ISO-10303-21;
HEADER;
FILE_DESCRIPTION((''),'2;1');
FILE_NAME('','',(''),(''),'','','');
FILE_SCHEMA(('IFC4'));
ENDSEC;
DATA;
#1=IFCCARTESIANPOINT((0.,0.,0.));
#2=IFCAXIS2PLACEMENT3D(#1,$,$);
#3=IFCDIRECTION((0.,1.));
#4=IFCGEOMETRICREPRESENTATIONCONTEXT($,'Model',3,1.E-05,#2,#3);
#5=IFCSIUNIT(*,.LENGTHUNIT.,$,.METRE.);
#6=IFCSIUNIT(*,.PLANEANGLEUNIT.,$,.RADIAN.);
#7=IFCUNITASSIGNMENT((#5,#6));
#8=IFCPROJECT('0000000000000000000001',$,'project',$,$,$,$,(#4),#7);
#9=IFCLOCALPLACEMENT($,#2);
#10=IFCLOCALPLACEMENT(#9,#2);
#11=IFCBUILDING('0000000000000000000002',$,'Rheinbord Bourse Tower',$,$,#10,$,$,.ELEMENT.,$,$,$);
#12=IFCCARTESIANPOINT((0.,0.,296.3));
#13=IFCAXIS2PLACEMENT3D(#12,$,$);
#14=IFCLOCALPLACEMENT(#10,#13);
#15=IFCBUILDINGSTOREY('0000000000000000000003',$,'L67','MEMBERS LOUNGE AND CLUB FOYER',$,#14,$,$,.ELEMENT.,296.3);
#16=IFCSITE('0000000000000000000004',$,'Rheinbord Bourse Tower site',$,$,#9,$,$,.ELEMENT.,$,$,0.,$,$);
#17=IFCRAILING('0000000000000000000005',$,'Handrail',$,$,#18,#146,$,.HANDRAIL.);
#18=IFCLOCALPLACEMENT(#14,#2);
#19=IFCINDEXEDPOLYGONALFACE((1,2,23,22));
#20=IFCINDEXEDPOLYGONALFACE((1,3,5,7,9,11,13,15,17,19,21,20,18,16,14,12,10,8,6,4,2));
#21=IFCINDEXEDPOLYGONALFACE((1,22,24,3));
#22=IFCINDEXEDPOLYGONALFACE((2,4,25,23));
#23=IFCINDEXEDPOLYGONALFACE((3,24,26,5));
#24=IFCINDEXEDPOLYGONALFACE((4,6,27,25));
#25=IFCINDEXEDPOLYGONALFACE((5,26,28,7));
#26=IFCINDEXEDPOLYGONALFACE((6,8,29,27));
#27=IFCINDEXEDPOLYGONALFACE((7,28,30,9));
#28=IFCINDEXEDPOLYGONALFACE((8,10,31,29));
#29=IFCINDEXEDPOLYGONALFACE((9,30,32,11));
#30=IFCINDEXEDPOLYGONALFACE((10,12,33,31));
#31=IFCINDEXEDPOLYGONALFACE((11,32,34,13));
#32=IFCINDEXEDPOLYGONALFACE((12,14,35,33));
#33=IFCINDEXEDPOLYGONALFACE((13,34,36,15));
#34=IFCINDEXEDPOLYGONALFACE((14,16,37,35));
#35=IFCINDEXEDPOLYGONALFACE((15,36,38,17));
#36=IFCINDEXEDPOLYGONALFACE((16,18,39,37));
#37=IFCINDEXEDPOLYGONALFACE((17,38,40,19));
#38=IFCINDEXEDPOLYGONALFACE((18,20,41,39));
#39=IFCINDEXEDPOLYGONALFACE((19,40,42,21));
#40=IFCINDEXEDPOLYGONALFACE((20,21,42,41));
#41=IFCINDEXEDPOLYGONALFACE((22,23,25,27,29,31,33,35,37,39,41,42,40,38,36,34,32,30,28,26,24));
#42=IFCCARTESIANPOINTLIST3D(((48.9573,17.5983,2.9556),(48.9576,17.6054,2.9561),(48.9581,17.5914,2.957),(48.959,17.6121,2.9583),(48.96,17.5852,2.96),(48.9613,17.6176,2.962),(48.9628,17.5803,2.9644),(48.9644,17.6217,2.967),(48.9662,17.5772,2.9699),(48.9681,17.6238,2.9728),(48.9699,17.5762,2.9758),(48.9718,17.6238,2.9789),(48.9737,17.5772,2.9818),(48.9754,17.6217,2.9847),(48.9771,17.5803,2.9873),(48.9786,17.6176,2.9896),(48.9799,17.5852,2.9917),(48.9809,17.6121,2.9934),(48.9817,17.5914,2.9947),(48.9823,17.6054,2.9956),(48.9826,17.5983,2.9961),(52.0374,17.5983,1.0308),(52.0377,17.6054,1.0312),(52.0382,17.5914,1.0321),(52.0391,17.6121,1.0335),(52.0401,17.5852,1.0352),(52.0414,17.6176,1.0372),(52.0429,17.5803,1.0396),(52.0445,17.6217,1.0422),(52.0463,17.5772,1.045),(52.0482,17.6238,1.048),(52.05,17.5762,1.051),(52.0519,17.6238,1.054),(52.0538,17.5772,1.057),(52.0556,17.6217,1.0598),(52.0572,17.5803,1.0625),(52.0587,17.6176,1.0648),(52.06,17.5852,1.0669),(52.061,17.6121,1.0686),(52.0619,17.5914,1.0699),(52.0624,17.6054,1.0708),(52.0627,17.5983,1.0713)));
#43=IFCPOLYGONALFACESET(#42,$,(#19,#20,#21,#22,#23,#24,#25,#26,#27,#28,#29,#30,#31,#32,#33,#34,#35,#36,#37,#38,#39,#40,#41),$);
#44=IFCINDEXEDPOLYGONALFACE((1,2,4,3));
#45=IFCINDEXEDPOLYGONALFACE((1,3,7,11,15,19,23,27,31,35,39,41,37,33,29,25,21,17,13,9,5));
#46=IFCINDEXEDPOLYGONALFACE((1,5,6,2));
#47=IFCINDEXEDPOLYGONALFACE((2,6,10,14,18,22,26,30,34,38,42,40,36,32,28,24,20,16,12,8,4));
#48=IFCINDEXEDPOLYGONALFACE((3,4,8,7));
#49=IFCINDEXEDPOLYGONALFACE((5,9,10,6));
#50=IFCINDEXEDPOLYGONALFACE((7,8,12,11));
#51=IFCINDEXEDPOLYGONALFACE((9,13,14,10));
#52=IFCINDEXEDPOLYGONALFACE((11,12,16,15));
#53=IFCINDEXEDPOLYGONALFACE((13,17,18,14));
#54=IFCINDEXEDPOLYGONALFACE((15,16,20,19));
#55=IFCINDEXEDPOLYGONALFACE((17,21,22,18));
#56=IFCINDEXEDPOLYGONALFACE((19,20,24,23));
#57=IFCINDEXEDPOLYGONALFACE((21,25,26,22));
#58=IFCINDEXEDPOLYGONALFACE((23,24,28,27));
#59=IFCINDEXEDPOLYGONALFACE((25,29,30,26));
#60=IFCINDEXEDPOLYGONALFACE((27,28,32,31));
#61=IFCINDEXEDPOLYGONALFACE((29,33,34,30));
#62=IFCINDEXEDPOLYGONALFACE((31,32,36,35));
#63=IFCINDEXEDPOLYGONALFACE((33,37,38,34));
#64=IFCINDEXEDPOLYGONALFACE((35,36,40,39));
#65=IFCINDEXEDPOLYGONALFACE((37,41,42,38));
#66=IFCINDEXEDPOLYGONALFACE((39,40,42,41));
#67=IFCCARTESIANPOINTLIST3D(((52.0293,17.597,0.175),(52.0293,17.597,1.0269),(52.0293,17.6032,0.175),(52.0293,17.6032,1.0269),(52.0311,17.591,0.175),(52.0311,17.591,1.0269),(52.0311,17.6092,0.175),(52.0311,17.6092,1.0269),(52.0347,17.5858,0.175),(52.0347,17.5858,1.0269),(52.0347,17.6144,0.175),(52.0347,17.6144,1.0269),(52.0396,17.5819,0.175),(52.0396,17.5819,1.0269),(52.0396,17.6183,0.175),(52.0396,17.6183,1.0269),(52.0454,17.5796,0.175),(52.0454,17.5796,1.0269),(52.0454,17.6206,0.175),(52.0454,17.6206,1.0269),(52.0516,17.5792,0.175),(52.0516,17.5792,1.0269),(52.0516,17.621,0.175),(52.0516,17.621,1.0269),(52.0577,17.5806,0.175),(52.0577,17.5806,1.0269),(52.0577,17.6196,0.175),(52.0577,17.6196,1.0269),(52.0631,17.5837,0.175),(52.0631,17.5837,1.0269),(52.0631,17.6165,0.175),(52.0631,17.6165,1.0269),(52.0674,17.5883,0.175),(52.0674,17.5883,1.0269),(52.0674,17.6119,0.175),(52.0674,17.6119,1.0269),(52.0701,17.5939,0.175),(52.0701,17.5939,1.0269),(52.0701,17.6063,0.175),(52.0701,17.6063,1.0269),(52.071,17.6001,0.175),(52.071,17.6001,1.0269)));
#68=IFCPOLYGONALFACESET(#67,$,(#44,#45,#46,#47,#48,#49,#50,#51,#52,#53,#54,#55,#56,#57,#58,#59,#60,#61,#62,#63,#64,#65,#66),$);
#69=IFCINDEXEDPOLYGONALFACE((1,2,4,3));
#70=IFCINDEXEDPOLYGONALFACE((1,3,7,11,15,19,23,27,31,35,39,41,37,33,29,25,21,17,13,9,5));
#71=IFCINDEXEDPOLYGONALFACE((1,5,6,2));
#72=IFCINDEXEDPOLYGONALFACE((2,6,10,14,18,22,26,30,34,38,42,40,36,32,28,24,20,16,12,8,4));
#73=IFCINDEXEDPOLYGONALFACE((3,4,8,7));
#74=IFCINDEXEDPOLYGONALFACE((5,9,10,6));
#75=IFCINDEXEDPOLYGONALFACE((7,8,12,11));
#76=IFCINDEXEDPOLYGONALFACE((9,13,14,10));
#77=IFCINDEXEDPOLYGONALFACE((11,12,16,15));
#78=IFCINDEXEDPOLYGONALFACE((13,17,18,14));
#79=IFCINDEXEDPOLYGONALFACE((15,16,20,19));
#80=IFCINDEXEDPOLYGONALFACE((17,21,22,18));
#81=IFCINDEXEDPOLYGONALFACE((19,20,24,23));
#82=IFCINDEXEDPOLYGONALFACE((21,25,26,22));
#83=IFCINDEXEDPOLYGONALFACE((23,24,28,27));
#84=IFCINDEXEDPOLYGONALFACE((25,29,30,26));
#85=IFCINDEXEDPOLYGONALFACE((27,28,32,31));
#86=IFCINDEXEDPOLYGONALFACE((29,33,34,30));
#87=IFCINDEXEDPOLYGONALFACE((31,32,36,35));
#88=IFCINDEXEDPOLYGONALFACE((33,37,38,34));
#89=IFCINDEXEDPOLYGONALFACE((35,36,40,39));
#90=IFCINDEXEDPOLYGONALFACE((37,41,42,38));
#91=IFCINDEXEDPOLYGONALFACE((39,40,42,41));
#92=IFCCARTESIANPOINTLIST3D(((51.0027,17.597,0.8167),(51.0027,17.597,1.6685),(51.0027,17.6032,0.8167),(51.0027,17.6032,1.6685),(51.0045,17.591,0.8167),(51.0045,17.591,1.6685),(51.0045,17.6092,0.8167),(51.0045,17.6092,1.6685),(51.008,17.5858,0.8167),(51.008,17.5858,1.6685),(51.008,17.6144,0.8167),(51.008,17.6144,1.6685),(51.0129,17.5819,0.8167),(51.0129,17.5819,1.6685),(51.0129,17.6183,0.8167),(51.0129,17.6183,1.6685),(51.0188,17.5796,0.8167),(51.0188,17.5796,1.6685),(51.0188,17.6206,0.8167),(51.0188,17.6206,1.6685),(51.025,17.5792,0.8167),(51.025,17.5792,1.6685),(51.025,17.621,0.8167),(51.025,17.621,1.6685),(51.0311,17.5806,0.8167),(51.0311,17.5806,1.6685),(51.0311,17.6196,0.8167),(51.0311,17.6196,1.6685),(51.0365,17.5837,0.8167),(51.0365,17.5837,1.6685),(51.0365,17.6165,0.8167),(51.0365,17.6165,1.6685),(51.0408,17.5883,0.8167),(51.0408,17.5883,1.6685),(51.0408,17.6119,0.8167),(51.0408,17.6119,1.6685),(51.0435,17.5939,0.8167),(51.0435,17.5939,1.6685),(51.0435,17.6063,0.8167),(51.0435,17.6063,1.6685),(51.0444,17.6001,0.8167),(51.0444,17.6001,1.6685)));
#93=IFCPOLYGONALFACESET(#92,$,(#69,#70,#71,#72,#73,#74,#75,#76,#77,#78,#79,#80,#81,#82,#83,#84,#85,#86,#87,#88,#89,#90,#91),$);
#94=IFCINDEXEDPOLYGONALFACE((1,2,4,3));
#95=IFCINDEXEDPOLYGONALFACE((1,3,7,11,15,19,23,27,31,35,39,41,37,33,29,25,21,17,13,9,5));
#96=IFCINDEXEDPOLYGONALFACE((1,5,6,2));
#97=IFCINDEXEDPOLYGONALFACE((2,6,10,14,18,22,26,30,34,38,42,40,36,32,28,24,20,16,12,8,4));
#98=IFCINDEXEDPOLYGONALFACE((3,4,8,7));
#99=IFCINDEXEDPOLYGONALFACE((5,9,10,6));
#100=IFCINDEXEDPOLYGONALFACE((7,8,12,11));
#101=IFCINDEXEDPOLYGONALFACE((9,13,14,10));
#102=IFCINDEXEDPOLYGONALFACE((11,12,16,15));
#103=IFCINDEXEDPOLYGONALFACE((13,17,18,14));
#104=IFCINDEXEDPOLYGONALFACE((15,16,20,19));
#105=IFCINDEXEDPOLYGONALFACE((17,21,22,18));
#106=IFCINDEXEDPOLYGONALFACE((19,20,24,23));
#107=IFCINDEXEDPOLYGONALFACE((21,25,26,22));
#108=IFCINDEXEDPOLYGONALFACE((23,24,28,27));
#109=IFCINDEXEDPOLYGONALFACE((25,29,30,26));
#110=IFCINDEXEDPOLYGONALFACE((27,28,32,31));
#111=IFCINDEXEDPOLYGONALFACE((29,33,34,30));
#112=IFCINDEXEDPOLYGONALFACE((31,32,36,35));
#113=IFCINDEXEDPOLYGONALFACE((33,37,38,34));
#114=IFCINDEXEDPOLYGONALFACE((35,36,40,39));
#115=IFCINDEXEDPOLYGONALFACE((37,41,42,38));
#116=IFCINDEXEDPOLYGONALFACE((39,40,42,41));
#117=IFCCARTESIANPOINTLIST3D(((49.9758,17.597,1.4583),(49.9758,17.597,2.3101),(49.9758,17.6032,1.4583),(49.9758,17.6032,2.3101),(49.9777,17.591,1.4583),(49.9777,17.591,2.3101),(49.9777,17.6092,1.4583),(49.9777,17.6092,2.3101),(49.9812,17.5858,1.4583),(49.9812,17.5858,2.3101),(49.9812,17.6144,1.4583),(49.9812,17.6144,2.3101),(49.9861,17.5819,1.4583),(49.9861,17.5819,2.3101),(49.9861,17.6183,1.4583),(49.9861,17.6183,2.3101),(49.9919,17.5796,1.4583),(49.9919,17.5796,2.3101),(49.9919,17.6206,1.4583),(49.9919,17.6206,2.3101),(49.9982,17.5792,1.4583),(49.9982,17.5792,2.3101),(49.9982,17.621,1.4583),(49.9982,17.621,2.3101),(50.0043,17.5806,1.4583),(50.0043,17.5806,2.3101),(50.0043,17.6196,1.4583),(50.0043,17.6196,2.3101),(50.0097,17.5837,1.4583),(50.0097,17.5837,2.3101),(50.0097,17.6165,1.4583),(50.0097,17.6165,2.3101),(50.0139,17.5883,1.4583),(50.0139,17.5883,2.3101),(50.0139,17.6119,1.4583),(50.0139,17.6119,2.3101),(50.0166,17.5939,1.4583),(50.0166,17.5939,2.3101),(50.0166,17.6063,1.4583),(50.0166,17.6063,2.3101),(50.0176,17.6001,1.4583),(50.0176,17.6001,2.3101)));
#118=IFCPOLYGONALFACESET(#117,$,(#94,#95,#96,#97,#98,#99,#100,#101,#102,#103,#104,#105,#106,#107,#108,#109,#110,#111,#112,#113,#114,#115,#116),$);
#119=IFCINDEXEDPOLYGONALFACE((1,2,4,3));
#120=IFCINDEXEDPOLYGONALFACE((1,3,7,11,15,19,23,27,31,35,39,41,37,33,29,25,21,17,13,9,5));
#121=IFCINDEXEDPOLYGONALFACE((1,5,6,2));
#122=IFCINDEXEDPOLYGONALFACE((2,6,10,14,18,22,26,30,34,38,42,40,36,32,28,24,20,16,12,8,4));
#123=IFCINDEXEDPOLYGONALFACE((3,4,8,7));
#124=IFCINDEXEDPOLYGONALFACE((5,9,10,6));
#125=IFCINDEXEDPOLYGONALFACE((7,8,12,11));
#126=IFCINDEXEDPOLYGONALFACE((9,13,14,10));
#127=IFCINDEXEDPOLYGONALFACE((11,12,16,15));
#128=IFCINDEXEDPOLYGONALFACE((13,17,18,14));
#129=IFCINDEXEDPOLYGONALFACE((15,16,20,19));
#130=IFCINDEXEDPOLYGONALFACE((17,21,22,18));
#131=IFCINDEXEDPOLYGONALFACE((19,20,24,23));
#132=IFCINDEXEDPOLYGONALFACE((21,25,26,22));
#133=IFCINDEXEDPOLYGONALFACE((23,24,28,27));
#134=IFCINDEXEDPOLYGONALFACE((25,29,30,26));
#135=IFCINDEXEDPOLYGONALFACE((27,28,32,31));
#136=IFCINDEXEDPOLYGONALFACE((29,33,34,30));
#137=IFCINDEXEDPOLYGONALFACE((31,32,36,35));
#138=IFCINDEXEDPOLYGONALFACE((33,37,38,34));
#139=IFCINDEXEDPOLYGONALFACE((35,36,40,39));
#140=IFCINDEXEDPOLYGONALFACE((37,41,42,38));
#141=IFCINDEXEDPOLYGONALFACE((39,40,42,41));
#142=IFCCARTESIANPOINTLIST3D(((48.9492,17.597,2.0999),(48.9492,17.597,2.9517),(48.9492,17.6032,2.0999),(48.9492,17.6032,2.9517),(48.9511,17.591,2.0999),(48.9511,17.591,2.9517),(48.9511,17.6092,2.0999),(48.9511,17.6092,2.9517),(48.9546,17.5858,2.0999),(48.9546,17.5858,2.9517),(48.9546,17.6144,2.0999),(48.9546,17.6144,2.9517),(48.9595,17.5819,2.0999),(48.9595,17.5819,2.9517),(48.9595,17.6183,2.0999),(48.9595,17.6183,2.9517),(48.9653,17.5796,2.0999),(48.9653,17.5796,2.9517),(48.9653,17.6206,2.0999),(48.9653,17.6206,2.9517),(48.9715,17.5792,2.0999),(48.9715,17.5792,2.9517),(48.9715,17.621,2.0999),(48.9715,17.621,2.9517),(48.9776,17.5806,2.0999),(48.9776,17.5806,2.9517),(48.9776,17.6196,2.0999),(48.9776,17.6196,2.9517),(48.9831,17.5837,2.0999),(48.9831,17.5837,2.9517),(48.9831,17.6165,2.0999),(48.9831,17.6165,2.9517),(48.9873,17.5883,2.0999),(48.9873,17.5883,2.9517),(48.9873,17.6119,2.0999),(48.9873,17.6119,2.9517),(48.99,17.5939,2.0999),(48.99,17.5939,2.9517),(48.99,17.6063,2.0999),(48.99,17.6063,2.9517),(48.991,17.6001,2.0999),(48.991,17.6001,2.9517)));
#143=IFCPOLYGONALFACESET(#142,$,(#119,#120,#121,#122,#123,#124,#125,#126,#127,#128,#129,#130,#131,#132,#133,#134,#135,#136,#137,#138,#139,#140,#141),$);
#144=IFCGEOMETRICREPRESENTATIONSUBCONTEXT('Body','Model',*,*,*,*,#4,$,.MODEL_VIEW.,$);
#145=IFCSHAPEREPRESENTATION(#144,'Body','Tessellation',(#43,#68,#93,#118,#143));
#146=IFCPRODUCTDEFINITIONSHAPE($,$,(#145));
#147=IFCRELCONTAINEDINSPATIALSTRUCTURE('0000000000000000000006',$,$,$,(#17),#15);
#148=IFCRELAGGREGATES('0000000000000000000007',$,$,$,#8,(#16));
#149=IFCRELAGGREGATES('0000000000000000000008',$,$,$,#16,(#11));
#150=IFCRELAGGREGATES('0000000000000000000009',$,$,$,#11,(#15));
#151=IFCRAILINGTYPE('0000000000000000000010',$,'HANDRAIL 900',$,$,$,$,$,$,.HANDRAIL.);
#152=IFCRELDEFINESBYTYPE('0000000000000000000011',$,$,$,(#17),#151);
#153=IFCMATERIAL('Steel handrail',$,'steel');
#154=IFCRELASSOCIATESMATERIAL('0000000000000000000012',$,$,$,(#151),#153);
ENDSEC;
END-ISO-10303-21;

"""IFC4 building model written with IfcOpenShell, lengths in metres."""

from ifc_helpers import new_model, si_unit, direction, frame, origin, origin_2d, place, context, subcontext, project, spatial, circle, extrude, material, type_object, element, save


model = new_model("IFC4")

# Units and contexts
model_context = context("Model", 3, precision=1e-05, world=origin(), true_north=direction((0.0, 1.0)))
body_context = subcontext(model_context, "Body", "Model", "MODEL_VIEW")
ifc_project = project(units=[si_unit("LENGTHUNIT", "METRE"), si_unit("PLANEANGLEUNIT", "RADIAN")], contexts=[model_context])

# Site, building, storey
site_placement = place(None, origin())
site = spatial("IfcSite", under=ifc_project, at=site_placement, Name="Rheinbord Bourse Tower site", CompositionType="ELEMENT", RefElevation=0.0)
building_placement = place(site_placement, origin())
building = spatial("IfcBuilding", under=site, at=building_placement, Name="Rheinbord Bourse Tower", CompositionType="ELEMENT")
storey_placement = place(building_placement, frame((0.0, 0.0, 296.3)))
storey = spatial("IfcBuildingStorey", under=building, at=storey_placement, Name="L67", Description="MEMBERS LOUNGE AND CLUB FOYER", CompositionType="ELEMENT", Elevation=296.3)

# Railing
ifc_material_1 = material(Name="Steel handrail", Category="steel")
railing_type = type_object("IfcRailingType", Name="HANDRAIL 900", PredefinedType="HANDRAIL", material=ifc_material_1)
railing_1_placement = place(storey_placement, frame((52.05, 17.6001, 0.175)))
element("IfcRailing", 1, at=railing_1_placement, inside=storey, type_object=railing_type, Name="Handrail", PredefinedType="HANDRAIL", context=body_context, shape_type="SweptSolid", body=[
    extrude(circle(Radius=0.0239, at=origin_2d()), frame((0.0, 0.0, 0.876), z_axis=(-0.848029, 0.0, 0.529951), x_axis=(0.0, -1.0, 0.0)), (0.0, 0.0, 1.0), 3.6321),
    extrude(circle(Radius=0.021, at=origin_2d()), origin(), (0.0, 0.0, 1.0), 0.8518),
    extrude(circle(Radius=0.021, at=origin_2d()), frame((-1.0266, 0.0, 0.6416)), (0.0, 0.0, 1.0), 0.8518),
    extrude(circle(Radius=0.021, at=origin_2d()), frame((-2.0535, 0.0, 1.2832)), (0.0, 0.0, 1.0), 0.8518),
    extrude(circle(Radius=0.021, at=origin_2d()), frame((-3.0801, 0.0, 1.9248)), (0.0, 0.0, 1.0), 0.8518),
])

save(model, "model.ifc")
